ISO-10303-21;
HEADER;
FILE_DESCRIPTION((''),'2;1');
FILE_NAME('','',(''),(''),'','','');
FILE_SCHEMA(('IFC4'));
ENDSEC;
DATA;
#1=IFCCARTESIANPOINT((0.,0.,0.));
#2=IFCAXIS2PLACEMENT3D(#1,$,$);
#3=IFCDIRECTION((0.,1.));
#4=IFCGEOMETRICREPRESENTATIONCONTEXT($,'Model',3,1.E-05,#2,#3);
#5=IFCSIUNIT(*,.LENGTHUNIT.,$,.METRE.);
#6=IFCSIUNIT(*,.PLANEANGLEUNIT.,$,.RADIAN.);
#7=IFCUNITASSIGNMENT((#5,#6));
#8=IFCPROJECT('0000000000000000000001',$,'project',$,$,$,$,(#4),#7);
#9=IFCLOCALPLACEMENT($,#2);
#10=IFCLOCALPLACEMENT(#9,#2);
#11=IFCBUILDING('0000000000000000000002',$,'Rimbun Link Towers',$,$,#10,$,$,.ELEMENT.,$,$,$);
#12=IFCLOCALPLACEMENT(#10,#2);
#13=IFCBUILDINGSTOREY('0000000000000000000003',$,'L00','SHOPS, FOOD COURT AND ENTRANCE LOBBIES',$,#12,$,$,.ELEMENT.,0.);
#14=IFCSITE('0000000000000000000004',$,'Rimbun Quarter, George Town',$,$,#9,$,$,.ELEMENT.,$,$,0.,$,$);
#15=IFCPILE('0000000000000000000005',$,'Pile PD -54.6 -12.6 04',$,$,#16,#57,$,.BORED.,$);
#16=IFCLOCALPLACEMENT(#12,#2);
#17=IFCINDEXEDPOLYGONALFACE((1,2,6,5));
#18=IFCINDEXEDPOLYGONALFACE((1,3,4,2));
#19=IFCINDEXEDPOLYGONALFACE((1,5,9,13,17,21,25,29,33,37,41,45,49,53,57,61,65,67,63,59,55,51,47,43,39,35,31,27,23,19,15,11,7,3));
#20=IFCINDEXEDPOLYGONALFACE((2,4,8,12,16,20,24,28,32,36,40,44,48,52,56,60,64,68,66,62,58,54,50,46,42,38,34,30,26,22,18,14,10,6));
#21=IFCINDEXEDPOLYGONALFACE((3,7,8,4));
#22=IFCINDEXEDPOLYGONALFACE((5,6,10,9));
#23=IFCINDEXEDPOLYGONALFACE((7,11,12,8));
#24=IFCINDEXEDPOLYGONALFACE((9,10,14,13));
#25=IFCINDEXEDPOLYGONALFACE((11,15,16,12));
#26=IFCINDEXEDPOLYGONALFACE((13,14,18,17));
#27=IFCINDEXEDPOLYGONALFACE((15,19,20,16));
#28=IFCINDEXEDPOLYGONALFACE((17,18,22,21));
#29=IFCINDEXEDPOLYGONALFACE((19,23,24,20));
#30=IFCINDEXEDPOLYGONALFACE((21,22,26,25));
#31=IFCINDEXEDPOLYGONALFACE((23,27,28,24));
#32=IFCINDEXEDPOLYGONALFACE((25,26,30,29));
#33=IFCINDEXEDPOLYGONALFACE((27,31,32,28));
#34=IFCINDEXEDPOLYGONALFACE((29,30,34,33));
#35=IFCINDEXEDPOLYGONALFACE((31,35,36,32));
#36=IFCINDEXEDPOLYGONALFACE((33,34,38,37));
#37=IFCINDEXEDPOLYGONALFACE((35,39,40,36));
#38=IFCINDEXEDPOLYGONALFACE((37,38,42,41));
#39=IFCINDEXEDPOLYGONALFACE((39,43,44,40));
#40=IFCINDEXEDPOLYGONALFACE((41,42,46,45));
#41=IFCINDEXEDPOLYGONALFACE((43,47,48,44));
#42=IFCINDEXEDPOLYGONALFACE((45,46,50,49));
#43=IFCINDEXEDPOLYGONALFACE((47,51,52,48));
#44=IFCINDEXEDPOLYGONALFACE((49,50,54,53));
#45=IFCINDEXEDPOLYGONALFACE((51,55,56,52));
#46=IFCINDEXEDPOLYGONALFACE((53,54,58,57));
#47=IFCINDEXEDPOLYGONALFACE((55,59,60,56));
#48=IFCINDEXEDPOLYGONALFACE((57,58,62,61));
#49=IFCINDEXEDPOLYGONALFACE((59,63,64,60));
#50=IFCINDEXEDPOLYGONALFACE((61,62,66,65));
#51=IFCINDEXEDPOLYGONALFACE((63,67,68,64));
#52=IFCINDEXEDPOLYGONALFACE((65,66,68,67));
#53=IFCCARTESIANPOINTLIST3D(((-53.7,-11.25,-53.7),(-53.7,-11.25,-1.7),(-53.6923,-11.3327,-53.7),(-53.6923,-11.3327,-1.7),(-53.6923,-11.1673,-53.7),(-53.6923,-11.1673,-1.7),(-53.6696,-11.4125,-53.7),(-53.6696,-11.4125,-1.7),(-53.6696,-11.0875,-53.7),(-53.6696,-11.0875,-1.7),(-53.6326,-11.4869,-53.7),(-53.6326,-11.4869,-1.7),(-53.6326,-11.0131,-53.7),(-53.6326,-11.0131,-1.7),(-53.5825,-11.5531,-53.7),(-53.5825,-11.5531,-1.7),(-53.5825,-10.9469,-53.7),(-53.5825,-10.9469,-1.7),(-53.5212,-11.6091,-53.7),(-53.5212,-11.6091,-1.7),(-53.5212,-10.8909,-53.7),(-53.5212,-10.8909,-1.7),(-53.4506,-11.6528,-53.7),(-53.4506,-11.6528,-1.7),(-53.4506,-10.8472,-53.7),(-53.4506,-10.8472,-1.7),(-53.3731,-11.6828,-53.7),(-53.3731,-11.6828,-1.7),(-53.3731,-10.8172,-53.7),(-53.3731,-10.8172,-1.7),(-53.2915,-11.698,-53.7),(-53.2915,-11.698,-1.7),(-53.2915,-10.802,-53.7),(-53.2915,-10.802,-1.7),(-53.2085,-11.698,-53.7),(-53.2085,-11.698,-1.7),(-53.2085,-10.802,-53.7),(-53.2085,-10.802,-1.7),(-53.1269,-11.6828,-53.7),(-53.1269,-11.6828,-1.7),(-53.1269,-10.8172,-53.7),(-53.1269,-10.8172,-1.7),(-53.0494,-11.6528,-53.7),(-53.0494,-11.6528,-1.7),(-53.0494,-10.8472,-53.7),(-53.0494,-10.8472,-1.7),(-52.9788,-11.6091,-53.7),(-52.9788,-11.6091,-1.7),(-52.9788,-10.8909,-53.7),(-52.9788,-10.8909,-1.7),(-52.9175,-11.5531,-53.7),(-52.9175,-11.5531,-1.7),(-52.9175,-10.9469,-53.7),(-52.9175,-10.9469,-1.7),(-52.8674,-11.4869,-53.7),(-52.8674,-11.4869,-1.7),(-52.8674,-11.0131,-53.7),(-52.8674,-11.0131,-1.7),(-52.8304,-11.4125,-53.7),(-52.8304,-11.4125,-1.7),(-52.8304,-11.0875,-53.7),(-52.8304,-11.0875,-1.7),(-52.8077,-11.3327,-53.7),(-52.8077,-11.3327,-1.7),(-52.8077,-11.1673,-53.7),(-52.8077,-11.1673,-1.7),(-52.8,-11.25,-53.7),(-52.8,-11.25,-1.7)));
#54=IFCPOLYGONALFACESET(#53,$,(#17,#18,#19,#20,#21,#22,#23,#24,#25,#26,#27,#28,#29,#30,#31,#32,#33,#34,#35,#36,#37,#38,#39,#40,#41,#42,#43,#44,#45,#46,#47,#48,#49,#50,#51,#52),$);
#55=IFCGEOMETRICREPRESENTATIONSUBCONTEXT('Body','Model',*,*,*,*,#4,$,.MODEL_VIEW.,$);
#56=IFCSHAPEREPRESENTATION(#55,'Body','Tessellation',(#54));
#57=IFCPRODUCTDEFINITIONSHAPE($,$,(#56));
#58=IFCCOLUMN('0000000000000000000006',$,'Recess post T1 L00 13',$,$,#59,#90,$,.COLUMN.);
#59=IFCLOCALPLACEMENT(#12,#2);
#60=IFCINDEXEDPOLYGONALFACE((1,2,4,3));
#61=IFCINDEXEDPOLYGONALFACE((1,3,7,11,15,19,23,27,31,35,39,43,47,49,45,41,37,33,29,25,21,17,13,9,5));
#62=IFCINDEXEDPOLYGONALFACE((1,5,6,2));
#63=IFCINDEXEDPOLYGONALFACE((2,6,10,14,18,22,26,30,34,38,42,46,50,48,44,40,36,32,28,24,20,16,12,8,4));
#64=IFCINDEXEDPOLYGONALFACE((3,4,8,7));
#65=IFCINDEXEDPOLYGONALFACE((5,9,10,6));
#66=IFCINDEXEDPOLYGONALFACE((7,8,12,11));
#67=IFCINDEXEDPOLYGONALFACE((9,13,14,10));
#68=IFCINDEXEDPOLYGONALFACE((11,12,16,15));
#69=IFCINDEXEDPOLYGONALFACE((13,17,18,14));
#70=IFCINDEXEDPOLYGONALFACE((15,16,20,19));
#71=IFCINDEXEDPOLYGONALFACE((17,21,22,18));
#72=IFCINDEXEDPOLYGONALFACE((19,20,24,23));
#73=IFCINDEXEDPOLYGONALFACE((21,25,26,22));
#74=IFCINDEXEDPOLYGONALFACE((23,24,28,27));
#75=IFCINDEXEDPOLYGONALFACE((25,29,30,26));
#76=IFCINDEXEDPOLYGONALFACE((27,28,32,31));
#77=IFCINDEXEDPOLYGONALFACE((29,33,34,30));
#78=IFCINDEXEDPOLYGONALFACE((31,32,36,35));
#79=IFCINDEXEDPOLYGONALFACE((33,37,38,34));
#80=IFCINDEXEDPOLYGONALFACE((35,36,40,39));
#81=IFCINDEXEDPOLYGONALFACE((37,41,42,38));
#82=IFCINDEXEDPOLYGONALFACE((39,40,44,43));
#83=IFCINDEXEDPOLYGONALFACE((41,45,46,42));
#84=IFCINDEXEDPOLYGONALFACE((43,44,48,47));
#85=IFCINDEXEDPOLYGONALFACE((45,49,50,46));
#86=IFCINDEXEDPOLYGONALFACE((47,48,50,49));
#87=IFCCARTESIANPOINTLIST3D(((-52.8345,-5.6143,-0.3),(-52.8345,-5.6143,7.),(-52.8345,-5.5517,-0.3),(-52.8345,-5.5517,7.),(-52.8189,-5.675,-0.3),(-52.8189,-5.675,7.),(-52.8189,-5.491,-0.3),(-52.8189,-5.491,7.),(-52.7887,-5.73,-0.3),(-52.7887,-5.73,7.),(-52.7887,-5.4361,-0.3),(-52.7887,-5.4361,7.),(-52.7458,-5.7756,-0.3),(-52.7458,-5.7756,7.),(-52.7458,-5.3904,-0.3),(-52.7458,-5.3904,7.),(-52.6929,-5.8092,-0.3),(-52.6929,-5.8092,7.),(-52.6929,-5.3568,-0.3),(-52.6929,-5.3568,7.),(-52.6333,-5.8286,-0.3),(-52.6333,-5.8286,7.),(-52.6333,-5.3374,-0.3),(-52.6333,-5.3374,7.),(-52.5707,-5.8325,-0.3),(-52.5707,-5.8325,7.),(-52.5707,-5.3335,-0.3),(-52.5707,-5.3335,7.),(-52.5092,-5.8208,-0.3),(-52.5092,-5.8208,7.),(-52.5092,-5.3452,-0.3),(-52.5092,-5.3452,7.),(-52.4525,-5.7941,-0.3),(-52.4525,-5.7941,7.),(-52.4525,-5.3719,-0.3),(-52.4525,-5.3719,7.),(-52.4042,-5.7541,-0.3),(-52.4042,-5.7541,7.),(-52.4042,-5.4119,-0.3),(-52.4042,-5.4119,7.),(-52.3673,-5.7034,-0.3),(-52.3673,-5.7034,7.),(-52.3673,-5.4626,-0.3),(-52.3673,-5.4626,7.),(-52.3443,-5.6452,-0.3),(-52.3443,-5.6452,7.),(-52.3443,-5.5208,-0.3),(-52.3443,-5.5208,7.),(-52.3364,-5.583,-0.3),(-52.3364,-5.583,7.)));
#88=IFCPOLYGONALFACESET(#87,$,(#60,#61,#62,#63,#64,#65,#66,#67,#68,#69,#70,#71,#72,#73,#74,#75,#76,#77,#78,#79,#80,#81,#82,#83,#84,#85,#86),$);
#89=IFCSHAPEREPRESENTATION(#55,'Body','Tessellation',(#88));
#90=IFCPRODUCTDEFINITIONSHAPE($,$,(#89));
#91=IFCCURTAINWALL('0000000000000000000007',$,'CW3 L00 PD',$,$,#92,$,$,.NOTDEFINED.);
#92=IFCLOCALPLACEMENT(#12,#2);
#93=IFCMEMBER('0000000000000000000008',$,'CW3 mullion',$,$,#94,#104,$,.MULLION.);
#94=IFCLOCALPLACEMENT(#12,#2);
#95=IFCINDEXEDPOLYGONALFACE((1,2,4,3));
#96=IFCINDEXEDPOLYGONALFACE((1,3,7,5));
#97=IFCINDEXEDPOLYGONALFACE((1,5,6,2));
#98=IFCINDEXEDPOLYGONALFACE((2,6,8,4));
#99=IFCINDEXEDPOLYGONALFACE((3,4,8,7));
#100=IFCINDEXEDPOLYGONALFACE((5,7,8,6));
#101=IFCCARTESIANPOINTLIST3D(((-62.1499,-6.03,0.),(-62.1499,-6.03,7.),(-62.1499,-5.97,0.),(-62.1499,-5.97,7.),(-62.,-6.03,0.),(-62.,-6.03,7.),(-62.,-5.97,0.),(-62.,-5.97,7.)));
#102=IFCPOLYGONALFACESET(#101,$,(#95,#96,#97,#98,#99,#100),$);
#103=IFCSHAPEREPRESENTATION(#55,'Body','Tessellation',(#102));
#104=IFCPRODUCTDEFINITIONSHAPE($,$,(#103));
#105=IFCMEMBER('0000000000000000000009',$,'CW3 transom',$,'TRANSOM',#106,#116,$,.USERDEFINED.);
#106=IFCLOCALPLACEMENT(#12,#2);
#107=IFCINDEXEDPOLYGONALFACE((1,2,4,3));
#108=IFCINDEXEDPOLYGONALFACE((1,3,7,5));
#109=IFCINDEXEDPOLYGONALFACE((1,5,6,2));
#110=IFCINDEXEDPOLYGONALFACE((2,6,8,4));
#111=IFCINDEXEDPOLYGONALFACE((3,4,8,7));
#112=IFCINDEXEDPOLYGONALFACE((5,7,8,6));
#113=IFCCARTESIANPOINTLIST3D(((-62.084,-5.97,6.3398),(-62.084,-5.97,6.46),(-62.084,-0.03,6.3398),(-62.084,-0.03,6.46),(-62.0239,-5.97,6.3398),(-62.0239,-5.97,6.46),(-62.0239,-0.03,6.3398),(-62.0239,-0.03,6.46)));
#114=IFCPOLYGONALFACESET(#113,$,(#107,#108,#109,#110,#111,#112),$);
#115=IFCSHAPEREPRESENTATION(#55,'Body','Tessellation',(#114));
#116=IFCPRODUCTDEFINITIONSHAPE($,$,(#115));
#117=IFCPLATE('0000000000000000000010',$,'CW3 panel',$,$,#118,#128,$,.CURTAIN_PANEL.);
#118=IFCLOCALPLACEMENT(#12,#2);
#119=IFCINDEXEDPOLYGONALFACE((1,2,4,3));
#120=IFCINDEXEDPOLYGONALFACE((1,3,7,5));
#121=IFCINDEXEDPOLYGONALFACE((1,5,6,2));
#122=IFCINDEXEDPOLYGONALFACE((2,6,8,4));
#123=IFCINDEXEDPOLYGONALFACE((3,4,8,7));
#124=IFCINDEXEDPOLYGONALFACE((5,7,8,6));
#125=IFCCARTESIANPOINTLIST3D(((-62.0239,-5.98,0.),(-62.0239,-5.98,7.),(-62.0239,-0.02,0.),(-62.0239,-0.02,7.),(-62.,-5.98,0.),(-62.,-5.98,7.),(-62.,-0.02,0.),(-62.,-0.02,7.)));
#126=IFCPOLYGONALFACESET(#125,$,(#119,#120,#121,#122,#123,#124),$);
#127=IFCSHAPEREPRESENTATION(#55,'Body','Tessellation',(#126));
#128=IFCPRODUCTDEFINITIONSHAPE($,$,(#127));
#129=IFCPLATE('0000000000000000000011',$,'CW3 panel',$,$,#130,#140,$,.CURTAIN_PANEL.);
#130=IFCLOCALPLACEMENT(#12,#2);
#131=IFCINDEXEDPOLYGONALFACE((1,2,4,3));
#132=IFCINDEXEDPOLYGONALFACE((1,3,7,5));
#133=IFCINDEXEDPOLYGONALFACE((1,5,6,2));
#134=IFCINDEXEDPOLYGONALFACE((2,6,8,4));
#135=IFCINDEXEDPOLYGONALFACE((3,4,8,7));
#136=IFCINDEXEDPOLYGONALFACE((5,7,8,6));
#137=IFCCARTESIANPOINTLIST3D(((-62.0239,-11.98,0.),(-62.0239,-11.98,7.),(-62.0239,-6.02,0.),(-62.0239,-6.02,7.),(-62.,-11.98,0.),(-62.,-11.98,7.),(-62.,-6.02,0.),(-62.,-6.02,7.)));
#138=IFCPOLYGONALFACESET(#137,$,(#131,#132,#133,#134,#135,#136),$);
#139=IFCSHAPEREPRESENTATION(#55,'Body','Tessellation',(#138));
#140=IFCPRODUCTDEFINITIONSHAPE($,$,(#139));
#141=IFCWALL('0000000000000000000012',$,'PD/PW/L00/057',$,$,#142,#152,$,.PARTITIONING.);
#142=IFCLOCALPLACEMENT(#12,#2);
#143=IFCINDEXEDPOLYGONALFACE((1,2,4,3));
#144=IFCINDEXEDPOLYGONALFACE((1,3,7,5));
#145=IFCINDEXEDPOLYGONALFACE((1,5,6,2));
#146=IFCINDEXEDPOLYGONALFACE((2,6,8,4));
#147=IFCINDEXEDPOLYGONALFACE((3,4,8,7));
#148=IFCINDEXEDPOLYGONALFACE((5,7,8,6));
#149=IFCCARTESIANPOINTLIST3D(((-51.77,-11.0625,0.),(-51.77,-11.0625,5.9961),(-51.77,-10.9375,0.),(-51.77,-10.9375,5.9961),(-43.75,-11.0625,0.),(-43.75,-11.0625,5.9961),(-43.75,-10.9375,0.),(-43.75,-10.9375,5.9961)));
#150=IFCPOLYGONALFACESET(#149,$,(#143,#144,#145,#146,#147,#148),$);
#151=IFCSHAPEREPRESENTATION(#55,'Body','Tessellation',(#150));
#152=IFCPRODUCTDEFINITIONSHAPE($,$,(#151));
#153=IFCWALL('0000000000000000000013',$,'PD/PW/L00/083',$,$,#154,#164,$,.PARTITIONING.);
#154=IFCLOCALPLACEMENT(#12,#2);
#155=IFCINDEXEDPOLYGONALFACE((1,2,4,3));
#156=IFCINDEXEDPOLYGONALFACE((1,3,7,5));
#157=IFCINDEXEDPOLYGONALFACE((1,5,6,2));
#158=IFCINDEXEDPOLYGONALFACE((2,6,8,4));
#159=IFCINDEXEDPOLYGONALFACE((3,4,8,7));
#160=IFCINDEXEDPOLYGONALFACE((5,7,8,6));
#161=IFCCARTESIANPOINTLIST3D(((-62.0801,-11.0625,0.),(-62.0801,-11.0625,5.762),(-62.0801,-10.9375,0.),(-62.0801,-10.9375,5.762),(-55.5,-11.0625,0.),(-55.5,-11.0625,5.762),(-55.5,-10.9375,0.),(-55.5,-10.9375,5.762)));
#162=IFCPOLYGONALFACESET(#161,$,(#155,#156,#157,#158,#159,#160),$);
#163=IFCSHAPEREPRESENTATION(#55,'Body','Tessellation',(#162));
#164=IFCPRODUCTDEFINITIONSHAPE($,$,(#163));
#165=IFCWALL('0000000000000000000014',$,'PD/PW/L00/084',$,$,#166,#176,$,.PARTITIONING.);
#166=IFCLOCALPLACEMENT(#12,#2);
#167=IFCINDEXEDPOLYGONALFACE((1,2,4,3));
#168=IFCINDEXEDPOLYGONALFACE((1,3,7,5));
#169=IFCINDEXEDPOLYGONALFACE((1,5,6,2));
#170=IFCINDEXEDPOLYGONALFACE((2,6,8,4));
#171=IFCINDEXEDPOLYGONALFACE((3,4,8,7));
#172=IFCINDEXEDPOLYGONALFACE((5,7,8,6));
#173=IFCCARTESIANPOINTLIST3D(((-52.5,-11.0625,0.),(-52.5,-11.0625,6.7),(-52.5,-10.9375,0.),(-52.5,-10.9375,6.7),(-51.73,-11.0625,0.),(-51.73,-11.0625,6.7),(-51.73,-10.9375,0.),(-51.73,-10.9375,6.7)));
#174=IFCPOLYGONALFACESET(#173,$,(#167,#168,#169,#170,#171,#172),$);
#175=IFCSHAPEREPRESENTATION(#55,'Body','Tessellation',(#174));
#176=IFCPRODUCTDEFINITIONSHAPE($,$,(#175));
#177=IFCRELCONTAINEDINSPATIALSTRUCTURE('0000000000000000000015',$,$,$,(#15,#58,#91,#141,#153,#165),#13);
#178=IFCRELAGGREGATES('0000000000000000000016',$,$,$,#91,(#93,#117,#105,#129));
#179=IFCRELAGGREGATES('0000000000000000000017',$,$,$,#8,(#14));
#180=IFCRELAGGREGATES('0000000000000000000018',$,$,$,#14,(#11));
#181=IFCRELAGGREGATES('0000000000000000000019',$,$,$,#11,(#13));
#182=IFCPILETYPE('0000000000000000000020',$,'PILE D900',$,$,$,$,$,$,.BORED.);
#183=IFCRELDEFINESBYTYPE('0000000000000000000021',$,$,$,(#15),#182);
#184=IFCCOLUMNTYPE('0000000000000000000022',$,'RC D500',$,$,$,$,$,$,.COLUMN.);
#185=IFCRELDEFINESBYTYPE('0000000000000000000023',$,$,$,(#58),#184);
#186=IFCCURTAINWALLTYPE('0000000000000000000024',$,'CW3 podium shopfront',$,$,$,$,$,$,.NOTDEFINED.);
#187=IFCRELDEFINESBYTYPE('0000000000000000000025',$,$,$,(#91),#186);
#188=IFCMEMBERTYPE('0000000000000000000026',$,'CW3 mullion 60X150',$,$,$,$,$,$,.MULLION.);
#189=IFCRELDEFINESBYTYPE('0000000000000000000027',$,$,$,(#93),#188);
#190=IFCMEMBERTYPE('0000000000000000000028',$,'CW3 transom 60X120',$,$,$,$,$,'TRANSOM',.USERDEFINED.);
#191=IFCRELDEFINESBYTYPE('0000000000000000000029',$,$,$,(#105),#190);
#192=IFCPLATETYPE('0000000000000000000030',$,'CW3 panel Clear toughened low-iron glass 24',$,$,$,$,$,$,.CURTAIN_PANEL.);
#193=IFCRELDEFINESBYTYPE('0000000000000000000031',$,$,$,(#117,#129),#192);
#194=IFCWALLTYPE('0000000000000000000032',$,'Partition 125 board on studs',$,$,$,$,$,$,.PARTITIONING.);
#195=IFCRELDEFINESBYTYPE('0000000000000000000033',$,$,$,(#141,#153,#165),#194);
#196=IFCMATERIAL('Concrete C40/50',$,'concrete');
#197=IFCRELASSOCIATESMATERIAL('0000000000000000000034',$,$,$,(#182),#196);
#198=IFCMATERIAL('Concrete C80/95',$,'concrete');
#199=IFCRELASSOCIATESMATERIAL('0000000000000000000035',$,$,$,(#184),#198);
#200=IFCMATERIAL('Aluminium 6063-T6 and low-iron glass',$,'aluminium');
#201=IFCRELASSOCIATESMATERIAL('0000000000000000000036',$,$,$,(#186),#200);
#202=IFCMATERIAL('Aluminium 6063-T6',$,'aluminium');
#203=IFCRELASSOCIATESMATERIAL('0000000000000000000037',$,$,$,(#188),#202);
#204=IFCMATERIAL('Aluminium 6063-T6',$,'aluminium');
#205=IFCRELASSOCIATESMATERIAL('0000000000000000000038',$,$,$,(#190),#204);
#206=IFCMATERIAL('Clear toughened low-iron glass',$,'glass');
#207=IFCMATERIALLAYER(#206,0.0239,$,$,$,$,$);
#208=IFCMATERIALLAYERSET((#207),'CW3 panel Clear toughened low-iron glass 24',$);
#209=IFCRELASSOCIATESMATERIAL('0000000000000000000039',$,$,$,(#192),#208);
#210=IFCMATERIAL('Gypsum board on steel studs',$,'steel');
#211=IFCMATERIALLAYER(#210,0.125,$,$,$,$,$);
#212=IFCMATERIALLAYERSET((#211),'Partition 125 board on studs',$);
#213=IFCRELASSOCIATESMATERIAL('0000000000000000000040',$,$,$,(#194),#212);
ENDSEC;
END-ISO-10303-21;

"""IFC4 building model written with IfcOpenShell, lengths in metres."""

from ifc_helpers import new_model, si_unit, direction, frame, frame_2d, origin, origin_2d, place, context, subcontext, project, spatial, rectangle, circle, extrude, material, layer, layer_set, material_profile, profile_set, type_object, element, aggregate, save


model = new_model("IFC4")

# Units and contexts
model_context = context("Model", 3, precision=1e-05, world=origin(), true_north=direction((0.0, 1.0)))
body_context = subcontext(model_context, "Body", "Model", "MODEL_VIEW")
ifc_project = project(units=[si_unit("LENGTHUNIT", "METRE"), si_unit("PLANEANGLEUNIT", "RADIAN")], contexts=[model_context])

# Site, building, storey
site_placement = place(None, origin())
site = spatial("IfcSite", under=ifc_project, at=site_placement, Name="Rimbun Quarter, George Town", CompositionType="ELEMENT", RefElevation=0.0)
building_placement = place(site_placement, origin())
building = spatial("IfcBuilding", under=site, at=building_placement, Name="Rimbun Link Towers", CompositionType="ELEMENT")
storey_placement = place(building_placement, origin())
storey = spatial("IfcBuildingStorey", under=building, at=storey_placement, Name="L00", Description="SHOPS, FOOD COURT AND ENTRANCE LOBBIES", CompositionType="ELEMENT", Elevation=0.0)

# Pile
ifc_material_1 = material(Name="Concrete C40/50", Category="concrete")
ifc_material_profile_1 = material_profile(ifc_material_1, circle(Radius=0.45, at=origin_2d()), Name="PILE D900")
ifc_profile_set_1 = profile_set([ifc_material_profile_1], Name="Concrete C40/50")
pile_type = type_object("IfcPileType", Name="PILE D900", PredefinedType="BORED", material=ifc_profile_set_1)
for number, where, z_axis, x_axis, name in (
    (1, (-53.25, -11.25, -1.7), (0.0, 0.0, -1.0), (1.0, 0.0, 0.0), "Pile PD -54.6 -12.6 04"),
):
    element("IfcPile", number, at=place(storey_placement, frame(where, z_axis=z_axis, x_axis=x_axis)), inside=storey, type_object=pile_type, Name=name, PredefinedType="BORED", context=body_context, shape_type="SweptSolid", body=[
        extrude(circle(Radius=0.45, at=origin_2d()), origin(), (0.0, 0.0, 1.0), 52.0),
    ])

# Column
ifc_material_2 = material(Name="Concrete C80/95", Category="concrete")
ifc_material_profile_2 = material_profile(ifc_material_2, circle(Radius=0.25, at=origin_2d()), Name="RC D500")
ifc_profile_set_2 = profile_set([ifc_material_profile_2], Name="Concrete C80/95")
column_type = type_object("IfcColumnType", Name="RC D500", PredefinedType="COLUMN", material=ifc_profile_set_2)
column_placement = place(storey_placement, frame((-52.5864, -5.583, -0.3), z_axis=(0.0, 0.0, 1.0), x_axis=(1.0, 0.0, 0.0)))
element("IfcColumn", 2, at=column_placement, inside=storey, type_object=column_type, Name="Recess post T1 L00 13", PredefinedType="COLUMN", context=body_context, shape_type="SweptSolid", body=[
    extrude(circle(Radius=0.25, at=origin_2d()), origin(), (0.0, 0.0, 1.0), 7.3),
])

# Curtain wall, members, plates
ifc_material_3 = material(Name="Aluminium 6063-T6 and low-iron glass", Category="aluminium")
curtain_wall_type = type_object("IfcCurtainWallType", Name="CW3 podium shopfront", PredefinedType="NOTDEFINED", material=ifc_material_3)
curtain_wall_placement = place(storey_placement, origin())
curtain_wall = element("IfcCurtainWall", 3, at=curtain_wall_placement, inside=storey, type_object=curtain_wall_type, Name="CW3 L00 PD", PredefinedType="NOTDEFINED")
ifc_material_4 = material(Name="Aluminium 6063-T6", Category="aluminium")
ifc_material_profile_3 = material_profile(ifc_material_4, rectangle(XDim=0.1499, YDim=0.0601, at=origin_2d()), Name="MULLION 60X150")
ifc_profile_set_3 = profile_set([ifc_material_profile_3], Name="Aluminium 6063-T6")
member_type_1 = type_object("IfcMemberType", Name="CW3 mullion 60X150", PredefinedType="MULLION", material=ifc_profile_set_3)
member_1_placement = place(storey_placement, frame((-62.075, -6.0, 0.0), z_axis=(0.0, 0.0, 1.0), x_axis=(-1.0, 0.0, 0.0)))
member_1 = element("IfcMember", 4, at=member_1_placement, type_object=member_type_1, Name="CW3 mullion", PredefinedType="MULLION", context=body_context, shape_type="SweptSolid", body=[
    extrude(rectangle(XDim=0.1499, YDim=0.0601, at=origin_2d()), origin(), (0.0, 0.0, 1.0), 7.0),
])
ifc_material_5 = material(Name="Aluminium 6063-T6", Category="aluminium")
ifc_material_profile_4 = material_profile(ifc_material_5, rectangle(XDim=0.0601, YDim=0.1201, at=origin_2d()), Name="TRANSOM 60X120")
ifc_profile_set_4 = profile_set([ifc_material_profile_4], Name="Aluminium 6063-T6")
member_type_2 = type_object("IfcMemberType", Name="CW3 transom 60X120", ElementType="TRANSOM", PredefinedType="USERDEFINED", material=ifc_profile_set_4)
member_2_placement = place(storey_placement, frame((-62.054, -5.97, 6.3999), z_axis=(0.0, 1.0, 0.0), x_axis=(-1.0, 0.0, 0.0)))
member_2 = element("IfcMember", 5, at=member_2_placement, type_object=member_type_2, Name="CW3 transom", ObjectType="TRANSOM", PredefinedType="USERDEFINED", context=body_context, shape_type="SweptSolid", body=[
    extrude(rectangle(XDim=0.0601, YDim=0.1201, at=origin_2d()), origin(), (0.0, 0.0, 1.0), 5.9399),
])
ifc_material_6 = material(Name="Clear toughened low-iron glass", Category="glass")
ifc_layer_1 = layer(ifc_material_6, 0.0239)
ifc_layer_set_1 = layer_set([ifc_layer_1], Name="CW3 panel Clear toughened low-iron glass 24")
plate_type = type_object("IfcPlateType", Name="CW3 panel Clear toughened low-iron glass 24", PredefinedType="CURTAIN_PANEL", material=ifc_layer_set_1)
plate_1_placement = place(storey_placement, frame((-62.012, -3.0, 0.0), z_axis=(0.0, 0.0, 1.0), x_axis=(0.0, 1.0, 0.0)))
plate_1 = element("IfcPlate", 6, at=plate_1_placement, type_object=plate_type, Name="CW3 panel", PredefinedType="CURTAIN_PANEL", context=body_context, shape_type="SweptSolid", body=[
    extrude(rectangle(XDim=5.96, YDim=0.0239, at=origin_2d()), origin(), (0.0, 0.0, 1.0), 7.0),
])
plate_2_placement = place(storey_placement, frame((-62.012, -9.0, 0.0), z_axis=(0.0, 0.0, 1.0), x_axis=(0.0, 1.0, 0.0)))
plate_2 = element("IfcPlate", 7, at=plate_2_placement, type_object=plate_type, Name="CW3 panel", PredefinedType="CURTAIN_PANEL", context=body_context, shape_type="SweptSolid", body=[
    extrude(rectangle(XDim=5.96, YDim=0.0239, at=origin_2d()), origin(), (0.0, 0.0, 1.0), 7.0),
])
aggregate(curtain_wall, [member_1, plate_1, member_2, plate_2])

# Walls
ifc_material_7 = material(Name="Gypsum board on steel studs", Category="steel")
ifc_layer_2 = layer(ifc_material_7, 0.125)
ifc_layer_set_2 = layer_set([ifc_layer_2], Name="Partition 125 board on studs")
wall_type = type_object("IfcWallType", Name="Partition 125 board on studs", PredefinedType="PARTITIONING", material=ifc_layer_set_2)
wall_1_placement = place(storey_placement, frame((-51.77, -11.0, 0.0), z_axis=(0.0, 0.0, 1.0), x_axis=(1.0, 0.0, 0.0)))
element("IfcWall", 8, at=wall_1_placement, inside=storey, type_object=wall_type, Name="PD/PW/L00/057", PredefinedType="PARTITIONING", context=body_context, shape_type="SweptSolid", body=[
    extrude(rectangle(XDim=8.02, YDim=0.125, at=frame_2d((4.01, 0.0))), origin(), (0.0, 0.0, 1.0), 5.9961),
])
wall_2_placement = place(storey_placement, frame((-62.0801, -11.0, 0.0), z_axis=(0.0, 0.0, 1.0), x_axis=(1.0, 0.0, 0.0)))
element("IfcWall", 9, at=wall_2_placement, inside=storey, type_object=wall_type, Name="PD/PW/L00/083", PredefinedType="PARTITIONING", context=body_context, shape_type="SweptSolid", body=[
    extrude(rectangle(XDim=6.5801, YDim=0.125, at=frame_2d((3.29, 0.0))), origin(), (0.0, 0.0, 1.0), 5.762),
])
wall_3_placement = place(storey_placement, frame((-52.5, -11.0, 0.0), z_axis=(0.0, 0.0, 1.0), x_axis=(1.0, 0.0, 0.0)))
element("IfcWall", 10, at=wall_3_placement, inside=storey, type_object=wall_type, Name="PD/PW/L00/084", PredefinedType="PARTITIONING", context=body_context, shape_type="SweptSolid", body=[
    extrude(rectangle(XDim=0.77, YDim=0.125, at=frame_2d((0.385, 0.0))), origin(), (0.0, 0.0, 1.0), 6.7),
])

save(model, "model.ifc")
